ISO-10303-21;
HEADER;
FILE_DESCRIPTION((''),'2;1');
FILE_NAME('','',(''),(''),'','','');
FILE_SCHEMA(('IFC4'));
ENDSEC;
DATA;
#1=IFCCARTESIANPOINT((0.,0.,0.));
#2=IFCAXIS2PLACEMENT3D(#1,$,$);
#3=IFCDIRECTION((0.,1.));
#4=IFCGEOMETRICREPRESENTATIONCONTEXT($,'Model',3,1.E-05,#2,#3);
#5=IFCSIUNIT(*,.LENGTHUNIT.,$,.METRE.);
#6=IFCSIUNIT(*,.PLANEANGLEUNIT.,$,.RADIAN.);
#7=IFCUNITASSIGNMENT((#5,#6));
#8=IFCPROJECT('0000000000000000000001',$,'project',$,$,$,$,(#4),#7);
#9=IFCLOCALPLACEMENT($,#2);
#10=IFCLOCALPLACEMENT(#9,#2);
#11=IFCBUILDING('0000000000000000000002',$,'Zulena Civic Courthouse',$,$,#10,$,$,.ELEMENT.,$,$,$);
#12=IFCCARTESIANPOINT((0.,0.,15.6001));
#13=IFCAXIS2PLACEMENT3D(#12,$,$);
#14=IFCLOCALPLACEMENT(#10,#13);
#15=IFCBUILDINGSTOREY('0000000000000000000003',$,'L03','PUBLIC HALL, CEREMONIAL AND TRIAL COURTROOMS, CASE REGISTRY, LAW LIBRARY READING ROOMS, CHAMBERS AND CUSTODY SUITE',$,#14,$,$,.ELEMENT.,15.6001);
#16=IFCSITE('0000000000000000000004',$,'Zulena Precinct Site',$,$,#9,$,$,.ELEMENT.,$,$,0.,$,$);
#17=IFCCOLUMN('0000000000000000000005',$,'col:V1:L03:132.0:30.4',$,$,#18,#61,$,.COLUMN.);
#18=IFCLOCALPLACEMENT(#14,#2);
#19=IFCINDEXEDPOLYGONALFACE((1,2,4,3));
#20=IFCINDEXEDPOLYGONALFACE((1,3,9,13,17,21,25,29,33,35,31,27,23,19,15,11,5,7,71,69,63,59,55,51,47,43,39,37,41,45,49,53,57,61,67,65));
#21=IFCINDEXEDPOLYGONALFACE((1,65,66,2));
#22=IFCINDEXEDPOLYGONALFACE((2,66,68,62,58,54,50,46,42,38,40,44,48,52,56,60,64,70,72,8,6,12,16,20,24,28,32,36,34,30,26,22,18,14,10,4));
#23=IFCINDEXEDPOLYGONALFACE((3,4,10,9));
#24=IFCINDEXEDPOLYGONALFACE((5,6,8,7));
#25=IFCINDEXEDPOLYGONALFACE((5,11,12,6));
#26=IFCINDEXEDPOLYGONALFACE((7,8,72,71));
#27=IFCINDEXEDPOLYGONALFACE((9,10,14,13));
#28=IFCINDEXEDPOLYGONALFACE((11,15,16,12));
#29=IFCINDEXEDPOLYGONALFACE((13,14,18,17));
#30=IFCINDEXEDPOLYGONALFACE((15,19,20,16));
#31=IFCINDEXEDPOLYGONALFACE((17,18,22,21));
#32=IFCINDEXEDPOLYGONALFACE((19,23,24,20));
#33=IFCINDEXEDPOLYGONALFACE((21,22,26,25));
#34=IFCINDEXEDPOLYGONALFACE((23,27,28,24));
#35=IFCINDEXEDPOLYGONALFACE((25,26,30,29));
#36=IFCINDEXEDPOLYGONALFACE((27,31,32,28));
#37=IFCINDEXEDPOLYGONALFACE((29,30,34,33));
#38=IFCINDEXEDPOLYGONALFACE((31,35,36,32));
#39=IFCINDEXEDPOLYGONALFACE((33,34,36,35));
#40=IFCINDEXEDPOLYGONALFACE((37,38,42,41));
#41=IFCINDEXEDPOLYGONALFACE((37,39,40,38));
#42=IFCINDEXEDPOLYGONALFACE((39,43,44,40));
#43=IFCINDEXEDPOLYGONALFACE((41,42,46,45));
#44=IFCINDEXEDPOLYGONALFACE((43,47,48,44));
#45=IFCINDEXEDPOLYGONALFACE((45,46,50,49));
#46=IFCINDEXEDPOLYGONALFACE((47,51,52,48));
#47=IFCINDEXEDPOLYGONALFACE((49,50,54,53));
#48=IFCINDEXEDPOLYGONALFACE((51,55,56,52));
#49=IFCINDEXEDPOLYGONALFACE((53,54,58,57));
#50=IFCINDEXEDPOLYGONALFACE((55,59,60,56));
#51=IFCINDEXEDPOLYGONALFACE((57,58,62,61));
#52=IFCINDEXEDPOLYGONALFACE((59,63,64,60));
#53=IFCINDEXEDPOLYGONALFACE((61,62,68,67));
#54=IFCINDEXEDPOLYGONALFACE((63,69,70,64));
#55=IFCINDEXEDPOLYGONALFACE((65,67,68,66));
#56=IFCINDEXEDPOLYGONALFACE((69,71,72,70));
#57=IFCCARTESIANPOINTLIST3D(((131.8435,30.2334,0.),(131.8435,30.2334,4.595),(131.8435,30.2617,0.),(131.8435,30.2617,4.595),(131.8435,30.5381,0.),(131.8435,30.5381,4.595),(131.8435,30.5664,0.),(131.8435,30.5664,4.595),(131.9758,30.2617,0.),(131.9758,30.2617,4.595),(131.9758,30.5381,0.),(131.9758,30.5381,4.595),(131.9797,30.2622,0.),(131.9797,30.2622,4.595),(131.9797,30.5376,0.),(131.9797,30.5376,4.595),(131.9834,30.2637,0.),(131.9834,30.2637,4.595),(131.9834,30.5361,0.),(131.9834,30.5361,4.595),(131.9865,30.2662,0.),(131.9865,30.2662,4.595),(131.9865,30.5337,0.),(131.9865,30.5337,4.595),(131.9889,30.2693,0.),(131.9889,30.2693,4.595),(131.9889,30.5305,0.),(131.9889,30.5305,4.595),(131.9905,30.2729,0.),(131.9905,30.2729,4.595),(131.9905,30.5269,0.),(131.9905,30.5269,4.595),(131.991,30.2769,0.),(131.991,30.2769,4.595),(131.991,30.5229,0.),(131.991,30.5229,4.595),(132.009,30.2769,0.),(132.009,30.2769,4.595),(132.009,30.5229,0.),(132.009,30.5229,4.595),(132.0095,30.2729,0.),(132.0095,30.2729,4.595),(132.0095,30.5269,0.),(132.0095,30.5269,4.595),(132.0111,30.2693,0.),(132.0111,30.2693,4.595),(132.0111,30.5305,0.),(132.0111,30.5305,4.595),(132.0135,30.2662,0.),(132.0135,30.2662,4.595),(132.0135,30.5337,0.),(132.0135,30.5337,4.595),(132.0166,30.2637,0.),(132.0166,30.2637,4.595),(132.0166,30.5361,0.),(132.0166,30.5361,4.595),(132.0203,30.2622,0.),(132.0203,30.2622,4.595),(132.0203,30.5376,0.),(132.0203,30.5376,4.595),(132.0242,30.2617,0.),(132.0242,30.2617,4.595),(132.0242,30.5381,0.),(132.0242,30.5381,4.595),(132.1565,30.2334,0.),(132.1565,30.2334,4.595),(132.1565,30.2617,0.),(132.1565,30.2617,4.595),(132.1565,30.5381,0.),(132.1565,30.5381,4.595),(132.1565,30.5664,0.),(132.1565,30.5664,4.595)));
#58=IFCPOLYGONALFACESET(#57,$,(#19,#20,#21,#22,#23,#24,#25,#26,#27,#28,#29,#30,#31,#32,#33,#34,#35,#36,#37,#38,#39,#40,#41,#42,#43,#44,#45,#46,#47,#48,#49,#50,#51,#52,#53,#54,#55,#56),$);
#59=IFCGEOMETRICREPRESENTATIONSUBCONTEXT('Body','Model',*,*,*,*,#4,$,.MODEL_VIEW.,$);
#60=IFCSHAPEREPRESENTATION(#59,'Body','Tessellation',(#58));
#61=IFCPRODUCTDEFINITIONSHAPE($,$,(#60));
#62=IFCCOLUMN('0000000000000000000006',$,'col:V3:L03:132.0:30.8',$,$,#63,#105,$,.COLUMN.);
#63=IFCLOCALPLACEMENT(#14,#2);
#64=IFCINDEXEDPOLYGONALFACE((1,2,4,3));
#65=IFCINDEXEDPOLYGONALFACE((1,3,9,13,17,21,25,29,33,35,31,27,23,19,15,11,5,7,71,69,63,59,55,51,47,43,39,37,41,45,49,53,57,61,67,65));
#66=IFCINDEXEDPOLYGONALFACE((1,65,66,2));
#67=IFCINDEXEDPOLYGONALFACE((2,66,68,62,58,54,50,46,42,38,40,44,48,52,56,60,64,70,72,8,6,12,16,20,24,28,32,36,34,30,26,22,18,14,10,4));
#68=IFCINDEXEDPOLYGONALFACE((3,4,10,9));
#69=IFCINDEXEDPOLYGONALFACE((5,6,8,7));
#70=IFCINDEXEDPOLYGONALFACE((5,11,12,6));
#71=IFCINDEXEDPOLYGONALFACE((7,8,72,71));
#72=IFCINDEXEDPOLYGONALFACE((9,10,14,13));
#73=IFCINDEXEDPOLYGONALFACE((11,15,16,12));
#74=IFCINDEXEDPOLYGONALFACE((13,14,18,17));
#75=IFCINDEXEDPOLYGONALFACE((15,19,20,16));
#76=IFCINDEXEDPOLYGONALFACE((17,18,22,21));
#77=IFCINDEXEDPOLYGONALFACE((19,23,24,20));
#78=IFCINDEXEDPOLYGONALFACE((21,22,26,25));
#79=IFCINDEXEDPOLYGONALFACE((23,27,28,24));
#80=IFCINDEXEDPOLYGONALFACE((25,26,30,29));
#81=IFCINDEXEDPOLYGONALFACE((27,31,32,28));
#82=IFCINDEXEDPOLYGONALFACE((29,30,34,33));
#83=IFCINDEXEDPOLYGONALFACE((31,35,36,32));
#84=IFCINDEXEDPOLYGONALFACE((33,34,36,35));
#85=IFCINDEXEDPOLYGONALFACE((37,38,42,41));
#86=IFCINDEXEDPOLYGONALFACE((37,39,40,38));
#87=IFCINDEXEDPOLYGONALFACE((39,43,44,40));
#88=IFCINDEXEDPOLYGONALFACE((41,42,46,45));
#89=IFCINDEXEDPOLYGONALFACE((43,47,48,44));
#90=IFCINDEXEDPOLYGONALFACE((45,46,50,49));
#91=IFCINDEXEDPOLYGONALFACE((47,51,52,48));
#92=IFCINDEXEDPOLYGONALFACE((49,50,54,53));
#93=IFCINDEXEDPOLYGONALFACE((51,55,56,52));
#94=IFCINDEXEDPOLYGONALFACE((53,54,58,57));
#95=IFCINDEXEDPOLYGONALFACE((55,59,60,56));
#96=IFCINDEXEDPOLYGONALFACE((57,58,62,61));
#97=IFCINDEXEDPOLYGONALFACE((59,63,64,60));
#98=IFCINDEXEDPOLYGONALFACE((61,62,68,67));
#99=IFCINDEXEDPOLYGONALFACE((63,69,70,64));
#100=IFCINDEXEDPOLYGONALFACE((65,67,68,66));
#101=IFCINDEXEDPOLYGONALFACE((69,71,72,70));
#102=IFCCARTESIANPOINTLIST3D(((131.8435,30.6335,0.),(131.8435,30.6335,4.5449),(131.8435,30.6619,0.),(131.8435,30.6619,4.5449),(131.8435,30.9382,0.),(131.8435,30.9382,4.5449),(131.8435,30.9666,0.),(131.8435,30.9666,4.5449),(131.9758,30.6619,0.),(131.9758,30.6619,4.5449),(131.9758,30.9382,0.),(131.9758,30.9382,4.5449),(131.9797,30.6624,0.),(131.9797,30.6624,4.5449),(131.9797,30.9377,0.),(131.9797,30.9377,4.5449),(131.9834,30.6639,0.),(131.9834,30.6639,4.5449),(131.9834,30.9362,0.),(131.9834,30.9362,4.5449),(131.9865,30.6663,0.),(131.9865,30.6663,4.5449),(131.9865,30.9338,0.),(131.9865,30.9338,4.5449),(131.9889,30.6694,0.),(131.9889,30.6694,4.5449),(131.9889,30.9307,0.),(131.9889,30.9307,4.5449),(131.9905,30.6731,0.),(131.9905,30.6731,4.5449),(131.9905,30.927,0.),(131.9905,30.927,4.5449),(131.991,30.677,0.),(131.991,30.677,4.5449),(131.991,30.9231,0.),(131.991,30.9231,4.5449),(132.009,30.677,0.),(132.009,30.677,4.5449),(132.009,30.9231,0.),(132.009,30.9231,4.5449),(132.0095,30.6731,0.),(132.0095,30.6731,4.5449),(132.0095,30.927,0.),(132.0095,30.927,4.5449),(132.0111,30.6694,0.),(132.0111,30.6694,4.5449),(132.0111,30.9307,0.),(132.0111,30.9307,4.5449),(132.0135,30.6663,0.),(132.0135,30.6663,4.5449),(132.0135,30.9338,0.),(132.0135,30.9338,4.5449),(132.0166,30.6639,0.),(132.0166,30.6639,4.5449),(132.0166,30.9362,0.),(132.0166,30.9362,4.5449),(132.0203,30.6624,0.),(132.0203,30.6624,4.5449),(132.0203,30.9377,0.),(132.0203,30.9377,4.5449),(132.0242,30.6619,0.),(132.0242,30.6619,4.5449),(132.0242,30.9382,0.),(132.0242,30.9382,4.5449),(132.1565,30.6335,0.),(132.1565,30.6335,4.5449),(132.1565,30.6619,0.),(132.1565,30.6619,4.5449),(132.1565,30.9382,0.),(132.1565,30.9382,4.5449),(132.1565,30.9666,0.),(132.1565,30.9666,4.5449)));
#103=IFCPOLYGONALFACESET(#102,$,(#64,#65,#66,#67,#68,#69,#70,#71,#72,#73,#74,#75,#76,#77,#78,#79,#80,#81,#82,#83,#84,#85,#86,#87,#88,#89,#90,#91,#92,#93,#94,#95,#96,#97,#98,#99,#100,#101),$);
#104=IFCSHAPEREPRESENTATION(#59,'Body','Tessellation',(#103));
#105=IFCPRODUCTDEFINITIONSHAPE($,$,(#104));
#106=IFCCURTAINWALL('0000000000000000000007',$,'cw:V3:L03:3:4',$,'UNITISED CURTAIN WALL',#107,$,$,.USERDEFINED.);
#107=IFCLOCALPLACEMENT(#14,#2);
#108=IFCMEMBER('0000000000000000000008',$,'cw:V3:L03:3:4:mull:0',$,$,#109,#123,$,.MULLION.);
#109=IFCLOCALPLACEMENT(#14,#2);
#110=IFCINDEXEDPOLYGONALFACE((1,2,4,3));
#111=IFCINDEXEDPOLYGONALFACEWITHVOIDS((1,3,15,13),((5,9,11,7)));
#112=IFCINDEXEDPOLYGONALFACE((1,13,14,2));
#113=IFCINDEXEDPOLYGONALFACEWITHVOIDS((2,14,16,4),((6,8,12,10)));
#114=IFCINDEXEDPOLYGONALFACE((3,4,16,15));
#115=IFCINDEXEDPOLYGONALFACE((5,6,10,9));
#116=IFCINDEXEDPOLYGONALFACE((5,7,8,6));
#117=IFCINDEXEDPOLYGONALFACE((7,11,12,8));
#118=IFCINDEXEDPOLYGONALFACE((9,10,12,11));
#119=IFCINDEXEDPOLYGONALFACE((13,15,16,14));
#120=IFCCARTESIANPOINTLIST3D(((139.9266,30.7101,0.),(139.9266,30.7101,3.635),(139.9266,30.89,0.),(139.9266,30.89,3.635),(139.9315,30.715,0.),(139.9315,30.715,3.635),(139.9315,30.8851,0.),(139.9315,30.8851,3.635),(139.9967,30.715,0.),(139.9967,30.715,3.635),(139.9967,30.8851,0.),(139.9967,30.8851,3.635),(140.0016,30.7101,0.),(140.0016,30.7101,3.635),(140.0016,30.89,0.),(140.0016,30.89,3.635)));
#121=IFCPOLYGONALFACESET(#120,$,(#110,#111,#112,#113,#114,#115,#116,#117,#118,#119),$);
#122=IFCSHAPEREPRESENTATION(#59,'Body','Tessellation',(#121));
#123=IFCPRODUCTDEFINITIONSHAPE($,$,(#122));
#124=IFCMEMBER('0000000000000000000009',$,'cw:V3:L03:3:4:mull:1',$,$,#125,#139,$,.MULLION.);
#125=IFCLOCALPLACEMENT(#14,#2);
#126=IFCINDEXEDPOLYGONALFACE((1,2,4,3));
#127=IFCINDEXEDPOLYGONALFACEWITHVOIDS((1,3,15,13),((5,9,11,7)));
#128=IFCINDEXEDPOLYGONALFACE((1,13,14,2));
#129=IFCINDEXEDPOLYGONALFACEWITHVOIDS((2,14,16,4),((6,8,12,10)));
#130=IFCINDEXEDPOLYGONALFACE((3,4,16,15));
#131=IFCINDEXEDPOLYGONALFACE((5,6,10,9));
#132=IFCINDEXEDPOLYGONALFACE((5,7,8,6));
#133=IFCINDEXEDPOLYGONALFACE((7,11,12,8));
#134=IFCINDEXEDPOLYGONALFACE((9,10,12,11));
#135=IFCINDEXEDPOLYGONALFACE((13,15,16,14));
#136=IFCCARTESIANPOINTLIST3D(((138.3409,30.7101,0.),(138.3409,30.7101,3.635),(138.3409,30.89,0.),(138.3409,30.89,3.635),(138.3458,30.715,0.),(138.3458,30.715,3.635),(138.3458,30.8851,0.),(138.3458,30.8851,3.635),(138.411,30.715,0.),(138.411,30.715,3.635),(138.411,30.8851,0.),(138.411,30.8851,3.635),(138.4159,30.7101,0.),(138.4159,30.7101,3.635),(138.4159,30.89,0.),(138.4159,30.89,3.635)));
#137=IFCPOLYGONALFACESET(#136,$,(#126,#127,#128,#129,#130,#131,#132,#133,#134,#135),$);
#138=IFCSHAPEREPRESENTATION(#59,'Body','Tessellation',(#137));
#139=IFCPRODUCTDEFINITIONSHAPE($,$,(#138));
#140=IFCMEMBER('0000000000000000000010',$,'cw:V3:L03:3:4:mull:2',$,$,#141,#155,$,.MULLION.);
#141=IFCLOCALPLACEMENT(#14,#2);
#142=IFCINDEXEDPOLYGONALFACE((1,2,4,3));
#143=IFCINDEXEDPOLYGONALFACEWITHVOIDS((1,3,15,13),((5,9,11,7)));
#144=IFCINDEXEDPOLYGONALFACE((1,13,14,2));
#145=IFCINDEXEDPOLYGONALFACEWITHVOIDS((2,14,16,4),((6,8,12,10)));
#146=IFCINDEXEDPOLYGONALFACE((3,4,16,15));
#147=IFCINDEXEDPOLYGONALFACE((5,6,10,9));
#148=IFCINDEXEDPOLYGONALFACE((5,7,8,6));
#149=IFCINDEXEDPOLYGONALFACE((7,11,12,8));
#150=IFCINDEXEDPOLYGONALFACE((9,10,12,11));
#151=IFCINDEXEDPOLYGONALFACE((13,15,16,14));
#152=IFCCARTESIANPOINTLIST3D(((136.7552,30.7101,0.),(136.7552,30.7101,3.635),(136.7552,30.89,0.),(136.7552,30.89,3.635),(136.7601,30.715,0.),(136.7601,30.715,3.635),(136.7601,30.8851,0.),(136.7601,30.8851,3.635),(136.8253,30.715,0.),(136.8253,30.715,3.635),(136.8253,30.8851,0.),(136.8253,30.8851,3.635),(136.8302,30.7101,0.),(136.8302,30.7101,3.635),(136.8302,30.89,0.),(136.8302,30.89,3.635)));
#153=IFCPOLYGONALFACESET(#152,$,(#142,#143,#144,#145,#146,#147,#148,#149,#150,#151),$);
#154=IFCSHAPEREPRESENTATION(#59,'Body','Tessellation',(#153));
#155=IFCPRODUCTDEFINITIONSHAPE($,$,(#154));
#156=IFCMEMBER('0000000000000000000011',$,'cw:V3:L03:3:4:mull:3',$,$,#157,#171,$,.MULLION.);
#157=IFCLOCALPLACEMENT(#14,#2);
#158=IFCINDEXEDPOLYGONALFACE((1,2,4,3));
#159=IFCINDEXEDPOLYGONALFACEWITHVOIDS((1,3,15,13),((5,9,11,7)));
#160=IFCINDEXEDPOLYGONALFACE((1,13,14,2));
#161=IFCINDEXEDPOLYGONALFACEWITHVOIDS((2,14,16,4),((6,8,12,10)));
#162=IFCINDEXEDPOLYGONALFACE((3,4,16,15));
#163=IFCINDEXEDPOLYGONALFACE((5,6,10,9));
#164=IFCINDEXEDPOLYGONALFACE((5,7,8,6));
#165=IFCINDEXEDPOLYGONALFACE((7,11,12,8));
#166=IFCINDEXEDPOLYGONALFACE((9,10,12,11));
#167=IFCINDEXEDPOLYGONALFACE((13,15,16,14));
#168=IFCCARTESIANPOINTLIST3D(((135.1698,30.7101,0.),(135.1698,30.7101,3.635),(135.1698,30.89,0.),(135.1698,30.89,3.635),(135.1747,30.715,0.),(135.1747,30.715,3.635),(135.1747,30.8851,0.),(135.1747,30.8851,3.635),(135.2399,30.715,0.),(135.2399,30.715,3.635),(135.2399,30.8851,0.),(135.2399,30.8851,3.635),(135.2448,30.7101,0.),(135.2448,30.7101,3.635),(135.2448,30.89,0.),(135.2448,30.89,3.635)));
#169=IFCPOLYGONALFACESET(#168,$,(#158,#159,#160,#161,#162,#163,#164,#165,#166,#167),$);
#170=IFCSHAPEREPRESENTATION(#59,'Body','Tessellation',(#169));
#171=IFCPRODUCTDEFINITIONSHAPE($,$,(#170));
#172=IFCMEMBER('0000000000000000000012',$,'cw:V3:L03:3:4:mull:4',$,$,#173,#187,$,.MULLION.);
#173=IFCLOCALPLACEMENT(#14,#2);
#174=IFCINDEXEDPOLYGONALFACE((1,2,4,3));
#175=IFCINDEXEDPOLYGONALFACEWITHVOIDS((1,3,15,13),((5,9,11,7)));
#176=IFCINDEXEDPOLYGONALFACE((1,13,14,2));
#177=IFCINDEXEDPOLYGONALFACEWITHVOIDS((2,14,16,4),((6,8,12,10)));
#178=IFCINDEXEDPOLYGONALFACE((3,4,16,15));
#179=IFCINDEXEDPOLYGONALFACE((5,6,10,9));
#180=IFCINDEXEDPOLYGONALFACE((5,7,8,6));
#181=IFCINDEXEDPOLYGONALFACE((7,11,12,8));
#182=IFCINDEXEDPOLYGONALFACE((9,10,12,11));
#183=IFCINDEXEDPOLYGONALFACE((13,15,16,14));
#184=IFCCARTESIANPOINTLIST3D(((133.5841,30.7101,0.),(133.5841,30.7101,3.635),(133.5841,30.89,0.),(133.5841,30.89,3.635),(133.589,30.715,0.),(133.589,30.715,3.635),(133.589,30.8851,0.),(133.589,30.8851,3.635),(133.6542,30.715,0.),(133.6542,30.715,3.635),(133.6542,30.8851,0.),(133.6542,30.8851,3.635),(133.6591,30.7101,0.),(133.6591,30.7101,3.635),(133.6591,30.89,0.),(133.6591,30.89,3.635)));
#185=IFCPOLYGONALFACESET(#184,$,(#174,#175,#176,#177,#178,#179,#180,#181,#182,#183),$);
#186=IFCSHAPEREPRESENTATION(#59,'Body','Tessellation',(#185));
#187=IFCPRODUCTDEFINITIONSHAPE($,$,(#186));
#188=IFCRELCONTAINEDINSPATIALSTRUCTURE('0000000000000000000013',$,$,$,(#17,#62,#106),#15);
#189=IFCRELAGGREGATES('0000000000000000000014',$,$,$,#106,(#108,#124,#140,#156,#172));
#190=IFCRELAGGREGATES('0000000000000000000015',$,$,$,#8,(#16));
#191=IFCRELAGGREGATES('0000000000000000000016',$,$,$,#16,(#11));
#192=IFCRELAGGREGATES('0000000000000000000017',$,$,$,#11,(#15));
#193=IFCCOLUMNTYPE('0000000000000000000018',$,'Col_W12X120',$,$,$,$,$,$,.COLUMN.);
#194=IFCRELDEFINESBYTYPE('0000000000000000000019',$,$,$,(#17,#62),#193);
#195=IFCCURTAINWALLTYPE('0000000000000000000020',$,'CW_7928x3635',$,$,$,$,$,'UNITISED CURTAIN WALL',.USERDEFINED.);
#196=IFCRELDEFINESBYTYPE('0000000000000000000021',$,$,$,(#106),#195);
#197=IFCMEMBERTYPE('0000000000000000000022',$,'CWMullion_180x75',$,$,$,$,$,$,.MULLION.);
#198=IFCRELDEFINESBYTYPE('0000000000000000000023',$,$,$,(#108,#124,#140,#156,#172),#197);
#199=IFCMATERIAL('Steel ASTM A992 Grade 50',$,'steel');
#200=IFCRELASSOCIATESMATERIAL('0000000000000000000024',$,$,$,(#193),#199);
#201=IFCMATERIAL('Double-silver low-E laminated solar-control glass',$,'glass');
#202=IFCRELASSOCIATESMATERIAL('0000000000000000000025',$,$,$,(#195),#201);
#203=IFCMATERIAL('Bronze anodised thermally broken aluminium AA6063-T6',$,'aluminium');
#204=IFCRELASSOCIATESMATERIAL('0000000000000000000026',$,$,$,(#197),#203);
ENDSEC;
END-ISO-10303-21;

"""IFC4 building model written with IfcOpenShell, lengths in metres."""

from ifc_helpers import new_model, si_unit, direction, frame, origin, origin_2d, place, context, subcontext, project, spatial, hollow_rectangle, i_section, extrude, material, material_profile, profile_set, type_object, element, aggregate, save


model = new_model("IFC4")

# Units and contexts
model_context = context("Model", 3, precision=1e-05, world=origin(), true_north=direction((0.0, 1.0)))
body_context = subcontext(model_context, "Body", "Model", "MODEL_VIEW")
ifc_project = project(units=[si_unit("LENGTHUNIT", "METRE"), si_unit("PLANEANGLEUNIT", "RADIAN")], contexts=[model_context])

# Site, building, storey
site_placement = place(None, origin())
site = spatial("IfcSite", under=ifc_project, at=site_placement, Name="Zulena Precinct Site", CompositionType="ELEMENT", RefElevation=0.0)
building_placement = place(site_placement, origin())
building = spatial("IfcBuilding", under=site, at=building_placement, Name="Zulena Civic Courthouse", CompositionType="ELEMENT")
storey_placement = place(building_placement, frame((0.0, 0.0, 15.6001)))
storey = spatial("IfcBuildingStorey", under=building, at=storey_placement, Name="L03", Description="PUBLIC HALL, CEREMONIAL AND TRIAL COURTROOMS, CASE REGISTRY, LAW LIBRARY READING ROOMS, CHAMBERS AND CUSTODY SUITE", CompositionType="ELEMENT", Elevation=15.6001)

# Columns
ifc_material_1 = material(Name="Steel ASTM A992 Grade 50", Category="steel")
ifc_material_profile_1 = material_profile(ifc_material_1, i_section(OverallWidth=0.313, OverallDepth=0.333, WebThickness=0.0181, FlangeThickness=0.0283, FilletRadius=0.0151, at=origin_2d()), Name="W12X120")
ifc_profile_set_1 = profile_set([ifc_material_profile_1], Name="Steel ASTM A992 Grade 50")
column_type = type_object("IfcColumnType", Name="Col_W12X120", PredefinedType="COLUMN", material=ifc_profile_set_1)
column_1_placement = place(storey_placement, frame((132.0, 30.3999, 0.0), z_axis=(0.0, 0.0, 1.0), x_axis=(1.0, 0.0, 0.0)))
element("IfcColumn", 1, at=column_1_placement, inside=storey, type_object=column_type, Name="col:V1:L03:132.0:30.4", PredefinedType="COLUMN", context=body_context, shape_type="SweptSolid", body=[
    extrude(i_section(OverallWidth=0.313, OverallDepth=0.333, WebThickness=0.0181, FlangeThickness=0.0283, FilletRadius=0.0151, at=origin_2d()), origin(), (0.0, 0.0, 1.0), 4.595),
])
column_2_placement = place(storey_placement, frame((132.0, 30.8, 0.0), z_axis=(0.0, 0.0, 1.0), x_axis=(1.0, 0.0, 0.0)))
element("IfcColumn", 2, at=column_2_placement, inside=storey, type_object=column_type, Name="col:V3:L03:132.0:30.8", PredefinedType="COLUMN", context=body_context, shape_type="SweptSolid", body=[
    extrude(i_section(OverallWidth=0.313, OverallDepth=0.333, WebThickness=0.0181, FlangeThickness=0.0283, FilletRadius=0.0151, at=origin_2d()), origin(), (0.0, 0.0, 1.0), 4.5449),
])

# Curtain wall, members
ifc_material_2 = material(Name="Double-silver low-E laminated solar-control glass", Category="glass")
curtain_wall_type = type_object("IfcCurtainWallType", Name="CW_7928x3635", ElementType="UNITISED CURTAIN WALL", PredefinedType="USERDEFINED", material=ifc_material_2)
curtain_wall_placement = place(storey_placement, origin())
curtain_wall = element("IfcCurtainWall", 3, at=curtain_wall_placement, inside=storey, type_object=curtain_wall_type, Name="cw:V3:L03:3:4", ObjectType="UNITISED CURTAIN WALL", PredefinedType="USERDEFINED")
ifc_material_3 = material(Name="Bronze anodised thermally broken aluminium AA6063-T6", Category="aluminium")
ifc_material_profile_2 = material_profile(ifc_material_3, hollow_rectangle(XDim=0.075, YDim=0.1799, WallThickness=0.0049, at=origin_2d()), Name="CWM180X75X5")
ifc_profile_set_2 = profile_set([ifc_material_profile_2], Name="Bronze anodised thermally broken aluminium AA6063-T6")
member_type_1 = type_object("IfcMemberType", Name="CWMullion_180x75", PredefinedType="MULLION", material=ifc_profile_set_2)
member_1_placement = place(storey_placement, frame((139.9641, 30.8, 0.0), z_axis=(0.0, 0.0, 1.0), x_axis=(1.0, 0.0, 0.0)))
member_1 = element("IfcMember", 4, at=member_1_placement, type_object=member_type_1, Name="cw:V3:L03:3:4:mull:0", PredefinedType="MULLION", context=body_context, shape_type="SweptSolid", body=[
    extrude(hollow_rectangle(XDim=0.075, YDim=0.1799, WallThickness=0.0049, at=origin_2d()), origin(), (0.0, 0.0, 1.0), 3.635),
])
member_2_placement = place(storey_placement, frame((138.3784, 30.8, 0.0), z_axis=(0.0, 0.0, 1.0), x_axis=(1.0, 0.0, 0.0)))
member_2 = element("IfcMember", 5, at=member_2_placement, type_object=member_type_1, Name="cw:V3:L03:3:4:mull:1", PredefinedType="MULLION", context=body_context, shape_type="SweptSolid", body=[
    extrude(hollow_rectangle(XDim=0.075, YDim=0.1799, WallThickness=0.0049, at=origin_2d()), origin(), (0.0, 0.0, 1.0), 3.635),
])
member_3_placement = place(storey_placement, frame((136.7927, 30.8, 0.0), z_axis=(0.0, 0.0, 1.0), x_axis=(1.0, 0.0, 0.0)))
member_3 = element("IfcMember", 6, at=member_3_placement, type_object=member_type_1, Name="cw:V3:L03:3:4:mull:2", PredefinedType="MULLION", context=body_context, shape_type="SweptSolid", body=[
    extrude(hollow_rectangle(XDim=0.075, YDim=0.1799, WallThickness=0.0049, at=origin_2d()), origin(), (0.0, 0.0, 1.0), 3.635),
])
member_4_placement = place(storey_placement, frame((135.2073, 30.8, 0.0), z_axis=(0.0, 0.0, 1.0), x_axis=(1.0, 0.0, 0.0)))
member_4 = element("IfcMember", 7, at=member_4_placement, type_object=member_type_1, Name="cw:V3:L03:3:4:mull:3", PredefinedType="MULLION", context=body_context, shape_type="SweptSolid", body=[
    extrude(hollow_rectangle(XDim=0.075, YDim=0.1799, WallThickness=0.0049, at=origin_2d()), origin(), (0.0, 0.0, 1.0), 3.635),
])
member_5_placement = place(storey_placement, frame((133.6216, 30.8, 0.0), z_axis=(0.0, 0.0, 1.0), x_axis=(1.0, 0.0, 0.0)))
member_5 = element("IfcMember", 8, at=member_5_placement, type_object=member_type_1, Name="cw:V3:L03:3:4:mull:4", PredefinedType="MULLION", context=body_context, shape_type="SweptSolid", body=[
    extrude(hollow_rectangle(XDim=0.075, YDim=0.1799, WallThickness=0.0049, at=origin_2d()), origin(), (0.0, 0.0, 1.0), 3.635),
])

aggregate(curtain_wall, [member_1, member_2, member_3, member_4, member_5])

save(model, "model.ifc")
